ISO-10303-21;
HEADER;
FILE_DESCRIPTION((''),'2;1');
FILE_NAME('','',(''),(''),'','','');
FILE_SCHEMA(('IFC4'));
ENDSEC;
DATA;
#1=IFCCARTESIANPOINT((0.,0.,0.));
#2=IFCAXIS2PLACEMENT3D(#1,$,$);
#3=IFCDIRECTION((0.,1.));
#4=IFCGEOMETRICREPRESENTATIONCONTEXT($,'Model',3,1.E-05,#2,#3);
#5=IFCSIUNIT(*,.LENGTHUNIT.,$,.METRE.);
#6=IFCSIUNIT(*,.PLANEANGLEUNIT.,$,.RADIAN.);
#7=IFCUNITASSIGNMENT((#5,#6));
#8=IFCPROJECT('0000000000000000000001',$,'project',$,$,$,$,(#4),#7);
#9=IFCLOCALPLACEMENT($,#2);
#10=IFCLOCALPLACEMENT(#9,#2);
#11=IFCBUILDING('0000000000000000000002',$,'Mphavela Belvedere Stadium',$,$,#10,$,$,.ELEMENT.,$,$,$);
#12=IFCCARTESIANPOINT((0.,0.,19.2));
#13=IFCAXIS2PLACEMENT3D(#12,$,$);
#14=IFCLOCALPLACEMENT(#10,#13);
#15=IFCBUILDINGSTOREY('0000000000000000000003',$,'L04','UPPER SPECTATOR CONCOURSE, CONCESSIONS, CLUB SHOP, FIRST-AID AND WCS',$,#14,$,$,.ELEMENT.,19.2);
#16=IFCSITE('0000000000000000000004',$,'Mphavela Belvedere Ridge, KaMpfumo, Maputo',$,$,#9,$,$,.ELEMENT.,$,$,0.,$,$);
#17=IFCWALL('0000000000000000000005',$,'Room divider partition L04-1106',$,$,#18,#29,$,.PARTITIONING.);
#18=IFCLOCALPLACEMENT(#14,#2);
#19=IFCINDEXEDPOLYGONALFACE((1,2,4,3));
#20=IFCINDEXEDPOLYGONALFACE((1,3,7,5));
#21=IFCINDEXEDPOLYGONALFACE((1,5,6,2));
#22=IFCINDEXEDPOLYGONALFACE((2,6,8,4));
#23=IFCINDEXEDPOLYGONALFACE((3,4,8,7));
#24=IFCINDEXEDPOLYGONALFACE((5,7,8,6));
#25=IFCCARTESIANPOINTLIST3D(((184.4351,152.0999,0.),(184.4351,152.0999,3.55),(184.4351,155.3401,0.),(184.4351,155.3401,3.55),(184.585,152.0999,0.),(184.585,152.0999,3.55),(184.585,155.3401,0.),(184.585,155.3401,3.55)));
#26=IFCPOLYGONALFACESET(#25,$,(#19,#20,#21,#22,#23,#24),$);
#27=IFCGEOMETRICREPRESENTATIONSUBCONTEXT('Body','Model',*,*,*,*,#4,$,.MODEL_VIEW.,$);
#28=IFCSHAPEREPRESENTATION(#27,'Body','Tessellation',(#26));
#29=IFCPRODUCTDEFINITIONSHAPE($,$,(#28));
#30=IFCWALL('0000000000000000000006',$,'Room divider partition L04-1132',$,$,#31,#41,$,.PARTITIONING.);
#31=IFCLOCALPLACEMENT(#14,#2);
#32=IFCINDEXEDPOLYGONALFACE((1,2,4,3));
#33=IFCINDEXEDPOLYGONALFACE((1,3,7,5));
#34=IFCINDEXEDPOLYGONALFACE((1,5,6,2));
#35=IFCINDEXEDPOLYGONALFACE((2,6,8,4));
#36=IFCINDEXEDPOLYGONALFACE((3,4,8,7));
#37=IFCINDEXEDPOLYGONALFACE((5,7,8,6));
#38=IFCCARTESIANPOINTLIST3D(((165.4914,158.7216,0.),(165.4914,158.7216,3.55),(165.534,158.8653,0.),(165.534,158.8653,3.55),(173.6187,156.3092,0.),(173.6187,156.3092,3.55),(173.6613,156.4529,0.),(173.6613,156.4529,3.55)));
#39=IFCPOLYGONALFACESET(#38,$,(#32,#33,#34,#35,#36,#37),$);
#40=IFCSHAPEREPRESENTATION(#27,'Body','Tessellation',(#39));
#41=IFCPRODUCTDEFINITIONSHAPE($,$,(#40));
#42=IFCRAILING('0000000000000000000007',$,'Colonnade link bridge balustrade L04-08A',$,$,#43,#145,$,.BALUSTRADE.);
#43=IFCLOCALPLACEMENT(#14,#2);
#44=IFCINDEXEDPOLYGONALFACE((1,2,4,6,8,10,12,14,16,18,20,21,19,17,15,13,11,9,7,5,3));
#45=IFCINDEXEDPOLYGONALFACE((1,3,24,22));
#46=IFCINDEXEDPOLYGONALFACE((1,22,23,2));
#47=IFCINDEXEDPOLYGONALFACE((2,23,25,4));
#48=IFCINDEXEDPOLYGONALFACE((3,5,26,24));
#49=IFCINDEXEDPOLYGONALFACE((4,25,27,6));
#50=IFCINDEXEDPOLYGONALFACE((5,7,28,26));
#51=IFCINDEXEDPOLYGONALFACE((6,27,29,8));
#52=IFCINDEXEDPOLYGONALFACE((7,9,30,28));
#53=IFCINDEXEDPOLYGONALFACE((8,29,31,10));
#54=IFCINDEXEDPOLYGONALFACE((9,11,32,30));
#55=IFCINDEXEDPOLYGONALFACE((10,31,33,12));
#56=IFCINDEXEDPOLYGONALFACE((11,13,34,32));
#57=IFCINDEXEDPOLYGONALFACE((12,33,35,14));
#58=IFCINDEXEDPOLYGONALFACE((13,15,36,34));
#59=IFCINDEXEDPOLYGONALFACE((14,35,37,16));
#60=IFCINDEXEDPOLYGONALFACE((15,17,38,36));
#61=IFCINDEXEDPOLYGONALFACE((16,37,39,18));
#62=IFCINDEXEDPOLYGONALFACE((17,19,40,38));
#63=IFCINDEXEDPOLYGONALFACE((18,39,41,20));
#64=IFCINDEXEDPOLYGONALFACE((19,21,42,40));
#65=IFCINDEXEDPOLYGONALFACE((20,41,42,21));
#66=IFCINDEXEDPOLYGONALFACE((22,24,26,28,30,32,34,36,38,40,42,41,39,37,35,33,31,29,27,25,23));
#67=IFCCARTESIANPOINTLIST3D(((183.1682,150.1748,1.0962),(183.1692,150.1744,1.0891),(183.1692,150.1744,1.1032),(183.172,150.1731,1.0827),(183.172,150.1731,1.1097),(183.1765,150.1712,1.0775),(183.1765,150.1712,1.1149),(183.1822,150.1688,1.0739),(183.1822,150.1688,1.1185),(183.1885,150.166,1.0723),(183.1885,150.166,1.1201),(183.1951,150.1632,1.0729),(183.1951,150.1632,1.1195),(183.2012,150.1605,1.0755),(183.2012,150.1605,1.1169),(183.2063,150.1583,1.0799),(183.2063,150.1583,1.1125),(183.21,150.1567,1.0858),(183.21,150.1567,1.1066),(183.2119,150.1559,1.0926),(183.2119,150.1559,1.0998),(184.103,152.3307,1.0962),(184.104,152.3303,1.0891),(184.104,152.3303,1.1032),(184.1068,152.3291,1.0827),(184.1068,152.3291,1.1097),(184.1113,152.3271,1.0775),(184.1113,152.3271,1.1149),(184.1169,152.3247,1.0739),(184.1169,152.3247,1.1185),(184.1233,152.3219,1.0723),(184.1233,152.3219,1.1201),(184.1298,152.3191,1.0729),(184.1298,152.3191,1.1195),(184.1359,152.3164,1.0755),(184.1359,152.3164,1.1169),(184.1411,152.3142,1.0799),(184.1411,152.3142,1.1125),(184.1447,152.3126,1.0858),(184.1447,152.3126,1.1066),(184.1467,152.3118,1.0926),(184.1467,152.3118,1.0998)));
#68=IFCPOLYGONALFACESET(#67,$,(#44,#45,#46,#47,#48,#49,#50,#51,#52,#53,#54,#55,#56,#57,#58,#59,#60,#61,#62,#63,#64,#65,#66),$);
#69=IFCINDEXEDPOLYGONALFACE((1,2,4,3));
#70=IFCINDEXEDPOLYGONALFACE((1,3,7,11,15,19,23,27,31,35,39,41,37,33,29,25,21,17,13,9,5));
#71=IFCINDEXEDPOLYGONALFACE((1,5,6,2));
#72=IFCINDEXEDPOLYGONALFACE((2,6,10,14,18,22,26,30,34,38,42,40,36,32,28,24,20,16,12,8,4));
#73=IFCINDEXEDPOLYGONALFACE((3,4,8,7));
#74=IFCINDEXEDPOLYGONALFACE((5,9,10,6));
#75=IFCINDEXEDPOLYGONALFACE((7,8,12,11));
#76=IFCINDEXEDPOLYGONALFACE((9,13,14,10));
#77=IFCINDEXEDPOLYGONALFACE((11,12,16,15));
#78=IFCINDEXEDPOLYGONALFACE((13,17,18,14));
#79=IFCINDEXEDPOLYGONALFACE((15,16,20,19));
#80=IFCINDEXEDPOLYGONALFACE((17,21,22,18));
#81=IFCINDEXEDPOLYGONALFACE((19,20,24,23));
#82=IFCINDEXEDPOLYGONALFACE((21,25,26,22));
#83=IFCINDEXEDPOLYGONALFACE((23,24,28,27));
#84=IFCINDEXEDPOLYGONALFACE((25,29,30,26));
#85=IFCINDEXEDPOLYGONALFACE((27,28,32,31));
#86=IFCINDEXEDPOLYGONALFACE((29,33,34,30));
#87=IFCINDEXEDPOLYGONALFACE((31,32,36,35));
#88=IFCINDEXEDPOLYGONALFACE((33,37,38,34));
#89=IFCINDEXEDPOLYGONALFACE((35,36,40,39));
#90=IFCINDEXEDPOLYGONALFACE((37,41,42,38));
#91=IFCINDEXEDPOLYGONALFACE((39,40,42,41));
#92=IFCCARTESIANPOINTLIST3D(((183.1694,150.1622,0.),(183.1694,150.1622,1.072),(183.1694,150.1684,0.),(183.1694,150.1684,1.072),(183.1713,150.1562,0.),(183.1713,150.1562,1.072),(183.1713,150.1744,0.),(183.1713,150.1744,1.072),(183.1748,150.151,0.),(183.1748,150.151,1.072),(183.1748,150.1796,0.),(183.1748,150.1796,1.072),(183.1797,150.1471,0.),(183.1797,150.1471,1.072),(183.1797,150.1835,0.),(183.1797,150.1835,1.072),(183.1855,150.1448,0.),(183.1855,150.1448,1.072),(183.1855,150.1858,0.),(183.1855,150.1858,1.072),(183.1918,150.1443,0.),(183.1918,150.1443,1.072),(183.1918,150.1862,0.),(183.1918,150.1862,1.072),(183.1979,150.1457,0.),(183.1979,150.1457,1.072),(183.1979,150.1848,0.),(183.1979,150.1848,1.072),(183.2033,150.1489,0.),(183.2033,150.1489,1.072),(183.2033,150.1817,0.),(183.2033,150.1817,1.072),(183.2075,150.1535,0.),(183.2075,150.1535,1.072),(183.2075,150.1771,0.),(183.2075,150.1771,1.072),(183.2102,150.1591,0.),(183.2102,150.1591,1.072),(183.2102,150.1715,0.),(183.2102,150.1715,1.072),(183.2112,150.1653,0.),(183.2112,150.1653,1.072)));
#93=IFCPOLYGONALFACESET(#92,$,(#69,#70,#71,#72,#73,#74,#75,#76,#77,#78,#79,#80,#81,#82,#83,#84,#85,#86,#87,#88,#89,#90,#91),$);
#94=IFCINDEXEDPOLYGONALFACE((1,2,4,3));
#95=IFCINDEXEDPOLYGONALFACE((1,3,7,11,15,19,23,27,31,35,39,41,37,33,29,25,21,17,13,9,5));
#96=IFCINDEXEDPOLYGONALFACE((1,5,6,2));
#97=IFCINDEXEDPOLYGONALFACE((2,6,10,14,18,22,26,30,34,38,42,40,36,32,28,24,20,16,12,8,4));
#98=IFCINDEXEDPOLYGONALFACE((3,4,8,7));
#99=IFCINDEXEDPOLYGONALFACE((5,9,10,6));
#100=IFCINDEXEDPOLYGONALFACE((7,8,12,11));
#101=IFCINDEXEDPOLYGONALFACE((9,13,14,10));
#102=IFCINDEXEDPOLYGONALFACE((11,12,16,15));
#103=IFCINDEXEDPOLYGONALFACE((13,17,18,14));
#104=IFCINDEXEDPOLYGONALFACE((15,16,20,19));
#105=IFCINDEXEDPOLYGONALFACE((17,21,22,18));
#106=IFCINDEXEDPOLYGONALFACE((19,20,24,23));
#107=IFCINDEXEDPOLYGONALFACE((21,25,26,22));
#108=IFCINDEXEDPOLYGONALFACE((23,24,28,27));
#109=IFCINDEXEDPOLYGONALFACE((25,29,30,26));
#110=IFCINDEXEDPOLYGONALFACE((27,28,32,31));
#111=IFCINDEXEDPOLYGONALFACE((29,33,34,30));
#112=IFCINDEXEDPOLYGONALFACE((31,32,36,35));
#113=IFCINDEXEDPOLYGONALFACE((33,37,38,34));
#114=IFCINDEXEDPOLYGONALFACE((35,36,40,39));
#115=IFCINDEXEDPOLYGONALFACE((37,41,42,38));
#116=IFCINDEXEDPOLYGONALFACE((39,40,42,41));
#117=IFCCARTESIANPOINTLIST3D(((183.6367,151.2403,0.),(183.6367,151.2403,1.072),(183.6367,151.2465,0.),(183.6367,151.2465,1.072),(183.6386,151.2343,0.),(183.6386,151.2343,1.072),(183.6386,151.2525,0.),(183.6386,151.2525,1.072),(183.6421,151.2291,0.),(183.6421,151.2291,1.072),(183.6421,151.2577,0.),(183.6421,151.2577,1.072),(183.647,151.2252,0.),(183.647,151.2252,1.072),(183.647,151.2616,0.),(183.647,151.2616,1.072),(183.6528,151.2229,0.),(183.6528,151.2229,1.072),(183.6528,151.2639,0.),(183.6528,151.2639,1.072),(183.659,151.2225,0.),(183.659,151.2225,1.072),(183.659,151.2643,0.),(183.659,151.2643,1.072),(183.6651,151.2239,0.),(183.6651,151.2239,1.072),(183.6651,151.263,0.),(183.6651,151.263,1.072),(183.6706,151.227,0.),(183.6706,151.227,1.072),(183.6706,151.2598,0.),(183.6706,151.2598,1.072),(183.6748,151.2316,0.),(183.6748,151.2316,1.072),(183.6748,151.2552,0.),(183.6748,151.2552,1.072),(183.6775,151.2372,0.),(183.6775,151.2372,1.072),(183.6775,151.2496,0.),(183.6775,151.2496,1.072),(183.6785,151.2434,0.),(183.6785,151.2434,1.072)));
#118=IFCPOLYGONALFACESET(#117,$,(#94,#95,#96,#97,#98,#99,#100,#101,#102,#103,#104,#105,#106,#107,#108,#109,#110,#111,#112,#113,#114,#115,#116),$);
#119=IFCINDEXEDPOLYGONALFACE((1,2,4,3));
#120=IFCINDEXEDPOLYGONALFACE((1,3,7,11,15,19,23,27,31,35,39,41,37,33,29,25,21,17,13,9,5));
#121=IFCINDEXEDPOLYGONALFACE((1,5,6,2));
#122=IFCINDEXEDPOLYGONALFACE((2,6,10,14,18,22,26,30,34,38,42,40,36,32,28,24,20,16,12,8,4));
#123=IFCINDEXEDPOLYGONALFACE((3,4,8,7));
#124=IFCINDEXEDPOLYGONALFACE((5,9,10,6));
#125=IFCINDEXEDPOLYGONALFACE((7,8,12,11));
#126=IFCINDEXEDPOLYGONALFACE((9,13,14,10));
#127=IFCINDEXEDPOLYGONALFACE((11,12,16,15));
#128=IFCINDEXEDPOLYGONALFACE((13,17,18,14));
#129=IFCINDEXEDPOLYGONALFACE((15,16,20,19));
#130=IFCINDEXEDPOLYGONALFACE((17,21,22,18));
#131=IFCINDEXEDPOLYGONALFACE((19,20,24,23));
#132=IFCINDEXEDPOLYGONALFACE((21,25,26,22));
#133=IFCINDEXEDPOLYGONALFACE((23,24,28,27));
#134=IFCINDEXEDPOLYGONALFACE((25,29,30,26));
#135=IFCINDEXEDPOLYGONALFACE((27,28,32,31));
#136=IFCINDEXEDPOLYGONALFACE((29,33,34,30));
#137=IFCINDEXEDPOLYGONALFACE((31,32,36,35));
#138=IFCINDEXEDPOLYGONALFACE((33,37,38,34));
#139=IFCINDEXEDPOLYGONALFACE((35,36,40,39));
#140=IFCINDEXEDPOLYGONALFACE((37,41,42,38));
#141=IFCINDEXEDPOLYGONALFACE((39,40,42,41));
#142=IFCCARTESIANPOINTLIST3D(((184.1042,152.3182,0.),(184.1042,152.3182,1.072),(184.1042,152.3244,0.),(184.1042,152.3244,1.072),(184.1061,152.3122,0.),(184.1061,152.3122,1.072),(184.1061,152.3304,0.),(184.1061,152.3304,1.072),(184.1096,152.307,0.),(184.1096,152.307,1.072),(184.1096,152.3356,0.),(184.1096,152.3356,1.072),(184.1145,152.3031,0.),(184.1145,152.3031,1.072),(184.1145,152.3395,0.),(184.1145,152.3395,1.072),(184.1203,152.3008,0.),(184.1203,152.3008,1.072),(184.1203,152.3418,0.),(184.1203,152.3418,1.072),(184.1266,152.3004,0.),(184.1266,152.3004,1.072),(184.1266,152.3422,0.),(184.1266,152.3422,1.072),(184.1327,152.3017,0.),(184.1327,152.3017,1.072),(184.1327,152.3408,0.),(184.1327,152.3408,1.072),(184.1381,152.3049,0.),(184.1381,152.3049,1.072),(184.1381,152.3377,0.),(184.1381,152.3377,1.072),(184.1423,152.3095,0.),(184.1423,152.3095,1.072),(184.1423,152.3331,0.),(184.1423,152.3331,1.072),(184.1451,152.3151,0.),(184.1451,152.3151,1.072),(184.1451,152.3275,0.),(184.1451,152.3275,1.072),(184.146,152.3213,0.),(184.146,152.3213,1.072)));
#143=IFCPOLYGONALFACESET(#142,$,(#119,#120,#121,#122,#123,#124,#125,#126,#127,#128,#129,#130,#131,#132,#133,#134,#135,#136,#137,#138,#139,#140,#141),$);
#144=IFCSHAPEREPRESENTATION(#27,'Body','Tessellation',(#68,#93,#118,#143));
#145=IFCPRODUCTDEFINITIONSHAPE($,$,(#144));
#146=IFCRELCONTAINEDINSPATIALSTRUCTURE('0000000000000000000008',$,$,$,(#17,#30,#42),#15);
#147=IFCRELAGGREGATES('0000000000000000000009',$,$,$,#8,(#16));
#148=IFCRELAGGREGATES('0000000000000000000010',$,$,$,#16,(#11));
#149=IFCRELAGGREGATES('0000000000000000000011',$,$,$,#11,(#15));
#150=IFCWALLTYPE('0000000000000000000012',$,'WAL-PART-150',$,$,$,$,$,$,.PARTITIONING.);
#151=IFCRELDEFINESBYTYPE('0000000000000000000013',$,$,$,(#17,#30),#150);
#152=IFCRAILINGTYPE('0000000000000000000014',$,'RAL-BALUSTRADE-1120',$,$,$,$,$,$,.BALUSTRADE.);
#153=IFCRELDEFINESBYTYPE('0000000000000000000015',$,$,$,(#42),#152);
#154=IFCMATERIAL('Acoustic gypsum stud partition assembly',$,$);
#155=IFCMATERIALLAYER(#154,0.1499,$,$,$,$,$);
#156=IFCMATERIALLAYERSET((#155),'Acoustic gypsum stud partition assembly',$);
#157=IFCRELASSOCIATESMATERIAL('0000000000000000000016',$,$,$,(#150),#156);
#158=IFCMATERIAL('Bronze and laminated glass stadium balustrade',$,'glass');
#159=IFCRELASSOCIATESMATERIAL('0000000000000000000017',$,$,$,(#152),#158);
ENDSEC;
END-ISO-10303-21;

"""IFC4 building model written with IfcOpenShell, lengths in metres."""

from ifc_helpers import new_model, si_unit, direction, frame, frame_2d, origin, origin_2d, place, context, subcontext, project, spatial, rectangle, circle, extrude, material, layer, layer_set, type_object, element, save


model = new_model("IFC4")

# Units and contexts
model_context = context("Model", 3, precision=1e-05, world=origin(), true_north=direction((0.0, 1.0)))
body_context = subcontext(model_context, "Body", "Model", "MODEL_VIEW")
ifc_project = project(units=[si_unit("LENGTHUNIT", "METRE"), si_unit("PLANEANGLEUNIT", "RADIAN")], contexts=[model_context])

# Site, building, storey
site_placement = place(None, origin())
site = spatial("IfcSite", under=ifc_project, at=site_placement, Name="Mphavela Belvedere Ridge, KaMpfumo, Maputo", CompositionType="ELEMENT", RefElevation=0.0)
building_placement = place(site_placement, origin())
building = spatial("IfcBuilding", under=site, at=building_placement, Name="Mphavela Belvedere Stadium", CompositionType="ELEMENT")
storey_placement = place(building_placement, frame((0.0, 0.0, 19.2)))
storey = spatial("IfcBuildingStorey", under=building, at=storey_placement, Name="L04", Description="UPPER SPECTATOR CONCOURSE, CONCESSIONS, CLUB SHOP, FIRST-AID AND WCS", CompositionType="ELEMENT", Elevation=19.2)

# Shared definitions
ifc_material_1 = material(Name="Acoustic gypsum stud partition assembly")
ifc_layer_1 = layer(ifc_material_1, 0.1499)
ifc_layer_set_1 = layer_set([ifc_layer_1], Name="Acoustic gypsum stud partition assembly")
wall_type_1 = type_object("IfcWallType", Name="WAL-PART-150", PredefinedType="PARTITIONING", material=ifc_layer_set_1)

# Walls
wall_1_placement = place(storey_placement, frame((184.51, 152.0999, 0.0), z_axis=(0.0, 0.0, 1.0), x_axis=(0.0, 1.0, 0.0)))
element("IfcWall", 1, at=wall_1_placement, inside=storey, type_object=wall_type_1, Name="Room divider partition L04-1106", PredefinedType="PARTITIONING", context=body_context, shape_type="SweptSolid", body=[
    extrude(rectangle(XDim=3.2402, YDim=0.1499, at=frame_2d((1.6201, 0.0))), origin(), (0.0, 0.0, 1.0), 3.55),
])
wall_2_placement = place(storey_placement, frame((173.6399, 156.3811, 0.0), z_axis=(0.0, 0.0, 1.0), x_axis=(-0.95866, 0.284554, 0.0)))
element("IfcWall", 2, at=wall_2_placement, inside=storey, type_object=wall_type_1, Name="Room divider partition L04-1132", PredefinedType="PARTITIONING", context=body_context, shape_type="SweptSolid", body=[
    extrude(rectangle(XDim=8.4778, YDim=0.1499, at=frame_2d((4.2388, 0.0))), origin(), (0.0, 0.0, 1.0), 3.55),
])

# Railing
ifc_material_2 = material(Name="Bronze and laminated glass stadium balustrade", Category="glass")
railing_type = type_object("IfcRailingType", Name="RAL-BALUSTRADE-1120", PredefinedType="BALUSTRADE", material=ifc_material_2)
railing_1_placement = place(storey_placement, frame((183.1902, 150.1653, 0.0)))
element("IfcRailing", 3, at=railing_1_placement, inside=storey, type_object=railing_type, Name="Colonnade link bridge balustrade L04-08A", PredefinedType="BALUSTRADE", context=body_context, shape_type="SweptSolid", body=[
    extrude(circle(Radius=0.0239, at=origin_2d()), frame((0.0, 0.0, 1.0962), z_axis=(0.397803, 0.917471, 0.0), x_axis=(-0.917471, 0.397803, 0.0)), (0.0, 0.0, 1.0), 2.3499),
    extrude(circle(Radius=0.021, at=origin_2d()), origin(), (0.0, 0.0, 1.0), 1.072),
    extrude(circle(Radius=0.021, at=origin_2d()), frame((0.4673, 1.0781, 0.0)), (0.0, 0.0, 1.0), 1.072),
    extrude(circle(Radius=0.021, at=origin_2d()), frame((0.9348, 2.156, 0.0)), (0.0, 0.0, 1.0), 1.072),
])

save(model, "model.ifc")
